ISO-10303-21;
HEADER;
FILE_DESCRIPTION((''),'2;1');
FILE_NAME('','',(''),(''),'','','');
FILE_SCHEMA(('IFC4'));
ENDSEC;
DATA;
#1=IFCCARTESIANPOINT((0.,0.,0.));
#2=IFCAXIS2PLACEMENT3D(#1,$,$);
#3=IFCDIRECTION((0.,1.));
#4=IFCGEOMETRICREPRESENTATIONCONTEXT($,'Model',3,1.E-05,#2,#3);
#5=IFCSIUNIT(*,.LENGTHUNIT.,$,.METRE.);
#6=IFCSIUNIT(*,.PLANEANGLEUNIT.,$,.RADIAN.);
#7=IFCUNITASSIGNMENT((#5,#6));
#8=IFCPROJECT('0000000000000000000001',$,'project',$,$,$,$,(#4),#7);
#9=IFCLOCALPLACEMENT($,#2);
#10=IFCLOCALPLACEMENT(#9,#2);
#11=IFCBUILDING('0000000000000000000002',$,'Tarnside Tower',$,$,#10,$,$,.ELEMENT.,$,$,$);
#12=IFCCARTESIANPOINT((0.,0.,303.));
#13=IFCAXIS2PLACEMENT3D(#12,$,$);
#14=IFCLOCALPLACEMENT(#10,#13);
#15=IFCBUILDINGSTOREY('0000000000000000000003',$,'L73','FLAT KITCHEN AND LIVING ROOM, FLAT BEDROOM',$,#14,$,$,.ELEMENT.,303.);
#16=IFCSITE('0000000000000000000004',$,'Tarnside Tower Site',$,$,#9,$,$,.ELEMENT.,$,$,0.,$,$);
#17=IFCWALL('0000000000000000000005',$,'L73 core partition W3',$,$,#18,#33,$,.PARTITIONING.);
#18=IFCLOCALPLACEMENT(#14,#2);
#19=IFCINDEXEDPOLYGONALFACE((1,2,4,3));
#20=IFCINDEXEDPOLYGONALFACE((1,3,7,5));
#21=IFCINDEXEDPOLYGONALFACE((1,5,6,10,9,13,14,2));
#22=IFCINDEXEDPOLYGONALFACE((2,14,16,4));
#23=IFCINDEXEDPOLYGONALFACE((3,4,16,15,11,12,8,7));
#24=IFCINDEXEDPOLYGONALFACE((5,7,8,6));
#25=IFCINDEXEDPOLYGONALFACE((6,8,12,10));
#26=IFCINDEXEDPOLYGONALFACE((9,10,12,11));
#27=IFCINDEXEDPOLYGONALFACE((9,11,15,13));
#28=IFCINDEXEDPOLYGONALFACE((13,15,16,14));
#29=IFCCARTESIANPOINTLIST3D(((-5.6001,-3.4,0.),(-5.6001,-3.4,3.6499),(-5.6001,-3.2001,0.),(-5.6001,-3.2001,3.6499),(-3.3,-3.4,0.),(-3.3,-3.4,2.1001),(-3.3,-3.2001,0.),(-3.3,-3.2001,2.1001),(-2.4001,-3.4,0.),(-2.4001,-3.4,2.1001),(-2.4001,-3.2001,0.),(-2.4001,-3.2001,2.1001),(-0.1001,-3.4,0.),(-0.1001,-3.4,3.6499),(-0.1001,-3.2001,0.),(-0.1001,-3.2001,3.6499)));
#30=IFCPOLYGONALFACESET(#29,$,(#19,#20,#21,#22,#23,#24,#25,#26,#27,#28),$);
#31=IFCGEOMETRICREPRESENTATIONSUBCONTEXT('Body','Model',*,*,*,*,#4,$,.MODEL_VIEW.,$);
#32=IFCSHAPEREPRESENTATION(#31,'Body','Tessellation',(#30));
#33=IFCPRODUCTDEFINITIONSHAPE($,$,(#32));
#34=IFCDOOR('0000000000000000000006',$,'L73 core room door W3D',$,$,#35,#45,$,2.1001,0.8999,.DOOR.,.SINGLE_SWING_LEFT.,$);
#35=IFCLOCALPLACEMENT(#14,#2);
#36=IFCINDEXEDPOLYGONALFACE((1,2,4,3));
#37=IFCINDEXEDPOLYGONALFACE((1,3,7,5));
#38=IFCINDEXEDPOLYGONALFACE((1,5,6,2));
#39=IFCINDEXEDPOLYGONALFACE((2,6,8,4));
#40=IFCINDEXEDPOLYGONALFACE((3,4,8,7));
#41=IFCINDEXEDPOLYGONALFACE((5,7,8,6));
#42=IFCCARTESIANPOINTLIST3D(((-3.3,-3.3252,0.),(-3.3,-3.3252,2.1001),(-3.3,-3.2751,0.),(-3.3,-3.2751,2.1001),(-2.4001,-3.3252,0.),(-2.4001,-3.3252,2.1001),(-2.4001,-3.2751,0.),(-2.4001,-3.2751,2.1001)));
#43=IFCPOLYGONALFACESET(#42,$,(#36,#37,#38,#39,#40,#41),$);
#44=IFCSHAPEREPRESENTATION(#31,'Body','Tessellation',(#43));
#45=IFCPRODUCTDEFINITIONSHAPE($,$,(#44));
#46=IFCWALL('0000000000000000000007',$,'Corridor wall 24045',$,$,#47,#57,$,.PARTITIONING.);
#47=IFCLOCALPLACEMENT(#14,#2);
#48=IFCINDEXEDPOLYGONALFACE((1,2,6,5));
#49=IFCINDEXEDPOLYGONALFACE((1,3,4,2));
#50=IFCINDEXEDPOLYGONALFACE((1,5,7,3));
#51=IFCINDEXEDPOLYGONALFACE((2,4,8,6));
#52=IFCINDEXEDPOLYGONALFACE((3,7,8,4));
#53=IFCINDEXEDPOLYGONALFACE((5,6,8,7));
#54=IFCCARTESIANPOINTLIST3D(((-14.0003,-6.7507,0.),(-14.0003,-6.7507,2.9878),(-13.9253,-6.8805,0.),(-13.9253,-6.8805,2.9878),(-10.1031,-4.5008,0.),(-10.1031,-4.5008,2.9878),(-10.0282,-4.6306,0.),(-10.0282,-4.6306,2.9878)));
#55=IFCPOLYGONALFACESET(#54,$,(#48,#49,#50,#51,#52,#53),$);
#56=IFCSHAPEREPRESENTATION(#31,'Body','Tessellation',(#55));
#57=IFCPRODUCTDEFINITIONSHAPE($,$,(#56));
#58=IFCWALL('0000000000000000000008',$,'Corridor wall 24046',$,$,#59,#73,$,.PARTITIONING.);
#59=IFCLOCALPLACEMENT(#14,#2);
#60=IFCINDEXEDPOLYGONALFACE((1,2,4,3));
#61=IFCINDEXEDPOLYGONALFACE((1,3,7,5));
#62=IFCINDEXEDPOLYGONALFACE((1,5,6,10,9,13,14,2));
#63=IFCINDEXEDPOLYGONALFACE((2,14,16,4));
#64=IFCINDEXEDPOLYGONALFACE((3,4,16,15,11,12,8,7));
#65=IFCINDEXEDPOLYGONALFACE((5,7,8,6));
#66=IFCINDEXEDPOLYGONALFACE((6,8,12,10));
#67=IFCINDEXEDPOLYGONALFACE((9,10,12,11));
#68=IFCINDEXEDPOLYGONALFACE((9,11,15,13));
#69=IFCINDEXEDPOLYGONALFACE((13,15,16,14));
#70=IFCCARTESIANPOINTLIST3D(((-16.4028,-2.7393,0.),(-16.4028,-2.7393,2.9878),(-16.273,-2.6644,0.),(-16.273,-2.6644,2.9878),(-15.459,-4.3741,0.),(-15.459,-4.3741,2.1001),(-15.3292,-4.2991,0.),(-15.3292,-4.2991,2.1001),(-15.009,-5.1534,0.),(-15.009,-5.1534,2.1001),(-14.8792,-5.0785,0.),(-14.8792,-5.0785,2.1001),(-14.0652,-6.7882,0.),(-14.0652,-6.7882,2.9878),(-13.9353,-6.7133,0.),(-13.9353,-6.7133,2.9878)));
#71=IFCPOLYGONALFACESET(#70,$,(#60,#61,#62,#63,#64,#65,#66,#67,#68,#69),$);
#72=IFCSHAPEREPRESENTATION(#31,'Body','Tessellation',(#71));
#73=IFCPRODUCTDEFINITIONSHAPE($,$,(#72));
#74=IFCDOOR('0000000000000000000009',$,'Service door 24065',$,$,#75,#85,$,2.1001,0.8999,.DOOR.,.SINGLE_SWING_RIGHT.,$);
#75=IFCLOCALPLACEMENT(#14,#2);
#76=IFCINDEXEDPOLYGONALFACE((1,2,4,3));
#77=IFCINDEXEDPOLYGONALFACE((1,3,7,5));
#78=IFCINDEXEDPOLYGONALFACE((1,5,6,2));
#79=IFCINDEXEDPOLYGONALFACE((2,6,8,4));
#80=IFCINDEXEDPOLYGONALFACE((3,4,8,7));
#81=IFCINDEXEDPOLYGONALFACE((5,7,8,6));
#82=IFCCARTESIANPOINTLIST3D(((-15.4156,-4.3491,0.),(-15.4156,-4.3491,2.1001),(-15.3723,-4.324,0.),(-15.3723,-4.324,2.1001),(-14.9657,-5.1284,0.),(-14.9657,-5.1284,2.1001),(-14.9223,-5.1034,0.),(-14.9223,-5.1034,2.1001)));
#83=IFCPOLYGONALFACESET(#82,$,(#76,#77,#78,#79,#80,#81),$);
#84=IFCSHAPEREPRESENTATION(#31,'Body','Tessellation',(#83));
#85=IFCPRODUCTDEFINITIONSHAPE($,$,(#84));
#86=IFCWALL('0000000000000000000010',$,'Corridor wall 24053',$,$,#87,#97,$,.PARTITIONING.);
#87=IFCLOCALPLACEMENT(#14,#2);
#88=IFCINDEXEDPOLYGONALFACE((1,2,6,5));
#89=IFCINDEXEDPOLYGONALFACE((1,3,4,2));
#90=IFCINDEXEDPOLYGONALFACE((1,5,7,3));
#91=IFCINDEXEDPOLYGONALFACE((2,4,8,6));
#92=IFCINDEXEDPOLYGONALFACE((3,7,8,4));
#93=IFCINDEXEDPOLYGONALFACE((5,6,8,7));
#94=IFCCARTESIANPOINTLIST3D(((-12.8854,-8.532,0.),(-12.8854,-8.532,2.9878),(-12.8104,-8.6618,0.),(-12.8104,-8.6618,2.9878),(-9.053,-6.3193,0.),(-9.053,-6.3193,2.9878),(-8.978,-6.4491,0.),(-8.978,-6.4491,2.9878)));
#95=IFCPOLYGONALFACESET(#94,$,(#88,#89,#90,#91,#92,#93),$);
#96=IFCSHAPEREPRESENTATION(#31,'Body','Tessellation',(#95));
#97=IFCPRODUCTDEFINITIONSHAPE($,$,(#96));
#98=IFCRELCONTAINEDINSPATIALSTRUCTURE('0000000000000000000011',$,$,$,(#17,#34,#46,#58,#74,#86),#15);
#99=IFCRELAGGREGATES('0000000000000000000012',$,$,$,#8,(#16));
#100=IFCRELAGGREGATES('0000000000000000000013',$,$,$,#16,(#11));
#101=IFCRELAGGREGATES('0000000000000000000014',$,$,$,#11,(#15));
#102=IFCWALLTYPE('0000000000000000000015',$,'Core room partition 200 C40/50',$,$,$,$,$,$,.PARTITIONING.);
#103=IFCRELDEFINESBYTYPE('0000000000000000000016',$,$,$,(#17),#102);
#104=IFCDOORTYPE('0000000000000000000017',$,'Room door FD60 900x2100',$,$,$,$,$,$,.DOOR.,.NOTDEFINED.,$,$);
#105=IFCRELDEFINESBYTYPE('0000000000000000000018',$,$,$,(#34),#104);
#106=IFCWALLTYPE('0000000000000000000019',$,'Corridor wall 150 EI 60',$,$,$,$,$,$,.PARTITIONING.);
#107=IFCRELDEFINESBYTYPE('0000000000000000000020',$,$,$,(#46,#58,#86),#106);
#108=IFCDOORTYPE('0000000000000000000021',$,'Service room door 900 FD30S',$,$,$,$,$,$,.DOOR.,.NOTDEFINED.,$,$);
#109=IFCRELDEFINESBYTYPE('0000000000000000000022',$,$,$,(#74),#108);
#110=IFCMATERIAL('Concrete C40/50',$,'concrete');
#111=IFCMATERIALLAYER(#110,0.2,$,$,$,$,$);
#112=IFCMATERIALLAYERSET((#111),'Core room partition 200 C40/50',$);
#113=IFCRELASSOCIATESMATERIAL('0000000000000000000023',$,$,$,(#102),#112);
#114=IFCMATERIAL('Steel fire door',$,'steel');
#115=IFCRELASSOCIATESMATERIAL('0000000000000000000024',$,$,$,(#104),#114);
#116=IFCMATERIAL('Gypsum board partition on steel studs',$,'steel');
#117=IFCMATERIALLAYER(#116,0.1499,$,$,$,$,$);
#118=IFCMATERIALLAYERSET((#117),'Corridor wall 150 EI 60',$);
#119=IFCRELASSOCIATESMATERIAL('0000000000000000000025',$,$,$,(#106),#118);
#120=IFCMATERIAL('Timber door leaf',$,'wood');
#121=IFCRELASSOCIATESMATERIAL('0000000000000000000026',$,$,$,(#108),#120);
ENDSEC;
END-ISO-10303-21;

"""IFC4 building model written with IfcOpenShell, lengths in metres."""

from ifc_helpers import new_model, si_unit, direction, frame, frame_2d, origin, place, context, subcontext, project, spatial, rectangle, extrude, material, layer, layer_set, type_object, element, fill, save


model = new_model("IFC4")

# Units and contexts
model_context = context("Model", 3, precision=1e-05, world=origin(), true_north=direction((0.0, 1.0)))
body_context = subcontext(model_context, "Body", "Model", "MODEL_VIEW")
ifc_project = project(units=[si_unit("LENGTHUNIT", "METRE"), si_unit("PLANEANGLEUNIT", "RADIAN")], contexts=[model_context])

# Site, building, storey
site_placement = place(None, origin())
site = spatial("IfcSite", under=ifc_project, at=site_placement, Name="Tarnside Tower Site", CompositionType="ELEMENT", RefElevation=0.0)
building_placement = place(site_placement, origin())
building = spatial("IfcBuilding", under=site, at=building_placement, Name="Tarnside Tower", CompositionType="ELEMENT")
storey_placement = place(building_placement, frame((0.0, 0.0, 303.0)))
storey = spatial("IfcBuildingStorey", under=building, at=storey_placement, Name="L73", Description="FLAT KITCHEN AND LIVING ROOM, FLAT BEDROOM", CompositionType="ELEMENT", Elevation=303.0)

# Wall, opening, door
ifc_material_1 = material(Name="Concrete C40/50", Category="concrete")
ifc_layer_1 = layer(ifc_material_1, 0.2)
ifc_layer_set_1 = layer_set([ifc_layer_1], Name="Core room partition 200 C40/50")
wall_type_1 = type_object("IfcWallType", Name="Core room partition 200 C40/50", PredefinedType="PARTITIONING", material=ifc_layer_set_1)
wall_1_placement = place(storey_placement, frame((-5.6001, -3.3, 0.0), z_axis=(0.0, 0.0, 1.0), x_axis=(1.0, 0.0, 0.0)))
wall_1 = element("IfcWall", 1, at=wall_1_placement, inside=storey, type_object=wall_type_1, Name="L73 core partition W3", PredefinedType="PARTITIONING", context=body_context, shape_type="SweptSolid", body=[
    extrude(rectangle(XDim=5.5, YDim=0.2, at=frame_2d((2.75, 0.0))), origin(), (0.0, 0.0, 1.0), 3.6499),
])
opening_1_placement = place(wall_1_placement, frame((2.3, 0.0, 0.0)))
opening_1 = element("IfcOpeningElement", 2, at=opening_1_placement, cuts=wall_1, PredefinedType="OPENING", context=body_context, shape_type="SweptSolid", body=[
    extrude(rectangle(XDim=0.8999, YDim=2.1001, at=frame_2d((0.45, 1.05))), frame((0.0, 0.1099, 0.0), z_axis=(0.0, -1.0, 0.0), x_axis=(1.0, 0.0, 0.0)), (0.0, 0.0, 1.0), 0.22),
])
ifc_material_2 = material(Name="Steel fire door", Category="steel")
door_type_1 = type_object("IfcDoorType", Name="Room door FD60 900x2100", OperationType="NOTDEFINED", PredefinedType="DOOR", material=ifc_material_2)
door_1_placement = place(opening_1_placement, origin())
door_1 = element("IfcDoor", 3, at=door_1_placement, inside=storey, type_object=door_type_1, Name="L73 core room door W3D", OperationType="SINGLE_SWING_LEFT", OverallHeight=2.1001, OverallWidth=0.8999, PredefinedType="DOOR", context=body_context, shape_type="SweptSolid", body=[
    extrude(rectangle(XDim=0.8999, YDim=2.1001, at=frame_2d((0.45, 1.05))), frame((0.0, 0.0249, 0.0), z_axis=(0.0, -1.0, 0.0), x_axis=(1.0, 0.0, 0.0)), (0.0, 0.0, 1.0), 0.05),
])
fill(opening_1, door_1)

# Wall
ifc_material_3 = material(Name="Gypsum board partition on steel studs", Category="steel")
ifc_layer_2 = layer(ifc_material_3, 0.1499)
ifc_layer_set_2 = layer_set([ifc_layer_2], Name="Corridor wall 150 EI 60")
wall_type_2 = type_object("IfcWallType", Name="Corridor wall 150 EI 60", PredefinedType="PARTITIONING", material=ifc_layer_set_2)
wall_2_placement = place(storey_placement, frame((-10.0657, -4.5657, 0.0), z_axis=(0.0, 0.0, 1.0), x_axis=(-0.866031, -0.49999, 0.0)))
element("IfcWall", 4, at=wall_2_placement, inside=storey, type_object=wall_type_2, Name="Corridor wall 24045", PredefinedType="PARTITIONING", context=body_context, shape_type="SweptSolid", body=[
    extrude(rectangle(XDim=4.5, YDim=0.1499, at=frame_2d((2.25, 0.0))), origin(), (0.0, 0.0, 1.0), 2.9878),
])

# Wall, opening, door
wall_3_placement = place(storey_placement, frame((-14.0002, -6.7507, 0.0), z_axis=(0.0, 0.0, 1.0), x_axis=(-0.500009, 0.86602, 0.0)))
wall_3 = element("IfcWall", 5, at=wall_3_placement, inside=storey, type_object=wall_type_2, Name="Corridor wall 24046", PredefinedType="PARTITIONING", context=body_context, shape_type="SweptSolid", body=[
    extrude(rectangle(XDim=4.6753, YDim=0.1499, at=frame_2d((2.3376, 0.0))), origin(), (0.0, 0.0, 1.0), 2.9878),
])
opening_2_placement = place(wall_3_placement, frame((1.8877, 0.0, 0.0)))
opening_2 = element("IfcOpeningElement", 6, at=opening_2_placement, cuts=wall_3, PredefinedType="OPENING", context=body_context, shape_type="SweptSolid", body=[
    extrude(rectangle(XDim=0.8999, YDim=2.1001, at=frame_2d((0.45, 1.05))), frame((0.0, 0.085, 0.0), z_axis=(0.0, -1.0, 0.0), x_axis=(1.0, 0.0, 0.0)), (0.0, 0.0, 1.0), 0.1699),
])
ifc_material_4 = material(Name="Timber door leaf", Category="wood")
door_type_2 = type_object("IfcDoorType", Name="Service room door 900 FD30S", OperationType="NOTDEFINED", PredefinedType="DOOR", material=ifc_material_4)
door_2_placement = place(opening_2_placement, origin())
door_2 = element("IfcDoor", 7, at=door_2_placement, inside=storey, type_object=door_type_2, Name="Service door 24065", OperationType="SINGLE_SWING_RIGHT", OverallHeight=2.1001, OverallWidth=0.8999, PredefinedType="DOOR", context=body_context, shape_type="SweptSolid", body=[
    extrude(rectangle(XDim=0.8999, YDim=2.1001, at=frame_2d((0.45, 1.05))), frame((0.0, 0.0249, 0.0), z_axis=(0.0, -1.0, 0.0), x_axis=(1.0, 0.0, 0.0)), (0.0, 0.0, 1.0), 0.05),
])
fill(opening_2, door_2)

# Wall
wall_4_placement = place(storey_placement, frame((-12.8479, -8.5969, 0.0), z_axis=(0.0, 0.0, 1.0), x_axis=(0.866017, 0.500014, 0.0)))
element("IfcWall", 8, at=wall_4_placement, inside=storey, type_object=wall_type_2, Name="Corridor wall 24053", PredefinedType="PARTITIONING", context=body_context, shape_type="SweptSolid", body=[
    extrude(rectangle(XDim=4.4253, YDim=0.1499, at=frame_2d((2.2126, 0.0))), origin(), (0.0, 0.0, 1.0), 2.9878),
])

save(model, "model.ifc")
